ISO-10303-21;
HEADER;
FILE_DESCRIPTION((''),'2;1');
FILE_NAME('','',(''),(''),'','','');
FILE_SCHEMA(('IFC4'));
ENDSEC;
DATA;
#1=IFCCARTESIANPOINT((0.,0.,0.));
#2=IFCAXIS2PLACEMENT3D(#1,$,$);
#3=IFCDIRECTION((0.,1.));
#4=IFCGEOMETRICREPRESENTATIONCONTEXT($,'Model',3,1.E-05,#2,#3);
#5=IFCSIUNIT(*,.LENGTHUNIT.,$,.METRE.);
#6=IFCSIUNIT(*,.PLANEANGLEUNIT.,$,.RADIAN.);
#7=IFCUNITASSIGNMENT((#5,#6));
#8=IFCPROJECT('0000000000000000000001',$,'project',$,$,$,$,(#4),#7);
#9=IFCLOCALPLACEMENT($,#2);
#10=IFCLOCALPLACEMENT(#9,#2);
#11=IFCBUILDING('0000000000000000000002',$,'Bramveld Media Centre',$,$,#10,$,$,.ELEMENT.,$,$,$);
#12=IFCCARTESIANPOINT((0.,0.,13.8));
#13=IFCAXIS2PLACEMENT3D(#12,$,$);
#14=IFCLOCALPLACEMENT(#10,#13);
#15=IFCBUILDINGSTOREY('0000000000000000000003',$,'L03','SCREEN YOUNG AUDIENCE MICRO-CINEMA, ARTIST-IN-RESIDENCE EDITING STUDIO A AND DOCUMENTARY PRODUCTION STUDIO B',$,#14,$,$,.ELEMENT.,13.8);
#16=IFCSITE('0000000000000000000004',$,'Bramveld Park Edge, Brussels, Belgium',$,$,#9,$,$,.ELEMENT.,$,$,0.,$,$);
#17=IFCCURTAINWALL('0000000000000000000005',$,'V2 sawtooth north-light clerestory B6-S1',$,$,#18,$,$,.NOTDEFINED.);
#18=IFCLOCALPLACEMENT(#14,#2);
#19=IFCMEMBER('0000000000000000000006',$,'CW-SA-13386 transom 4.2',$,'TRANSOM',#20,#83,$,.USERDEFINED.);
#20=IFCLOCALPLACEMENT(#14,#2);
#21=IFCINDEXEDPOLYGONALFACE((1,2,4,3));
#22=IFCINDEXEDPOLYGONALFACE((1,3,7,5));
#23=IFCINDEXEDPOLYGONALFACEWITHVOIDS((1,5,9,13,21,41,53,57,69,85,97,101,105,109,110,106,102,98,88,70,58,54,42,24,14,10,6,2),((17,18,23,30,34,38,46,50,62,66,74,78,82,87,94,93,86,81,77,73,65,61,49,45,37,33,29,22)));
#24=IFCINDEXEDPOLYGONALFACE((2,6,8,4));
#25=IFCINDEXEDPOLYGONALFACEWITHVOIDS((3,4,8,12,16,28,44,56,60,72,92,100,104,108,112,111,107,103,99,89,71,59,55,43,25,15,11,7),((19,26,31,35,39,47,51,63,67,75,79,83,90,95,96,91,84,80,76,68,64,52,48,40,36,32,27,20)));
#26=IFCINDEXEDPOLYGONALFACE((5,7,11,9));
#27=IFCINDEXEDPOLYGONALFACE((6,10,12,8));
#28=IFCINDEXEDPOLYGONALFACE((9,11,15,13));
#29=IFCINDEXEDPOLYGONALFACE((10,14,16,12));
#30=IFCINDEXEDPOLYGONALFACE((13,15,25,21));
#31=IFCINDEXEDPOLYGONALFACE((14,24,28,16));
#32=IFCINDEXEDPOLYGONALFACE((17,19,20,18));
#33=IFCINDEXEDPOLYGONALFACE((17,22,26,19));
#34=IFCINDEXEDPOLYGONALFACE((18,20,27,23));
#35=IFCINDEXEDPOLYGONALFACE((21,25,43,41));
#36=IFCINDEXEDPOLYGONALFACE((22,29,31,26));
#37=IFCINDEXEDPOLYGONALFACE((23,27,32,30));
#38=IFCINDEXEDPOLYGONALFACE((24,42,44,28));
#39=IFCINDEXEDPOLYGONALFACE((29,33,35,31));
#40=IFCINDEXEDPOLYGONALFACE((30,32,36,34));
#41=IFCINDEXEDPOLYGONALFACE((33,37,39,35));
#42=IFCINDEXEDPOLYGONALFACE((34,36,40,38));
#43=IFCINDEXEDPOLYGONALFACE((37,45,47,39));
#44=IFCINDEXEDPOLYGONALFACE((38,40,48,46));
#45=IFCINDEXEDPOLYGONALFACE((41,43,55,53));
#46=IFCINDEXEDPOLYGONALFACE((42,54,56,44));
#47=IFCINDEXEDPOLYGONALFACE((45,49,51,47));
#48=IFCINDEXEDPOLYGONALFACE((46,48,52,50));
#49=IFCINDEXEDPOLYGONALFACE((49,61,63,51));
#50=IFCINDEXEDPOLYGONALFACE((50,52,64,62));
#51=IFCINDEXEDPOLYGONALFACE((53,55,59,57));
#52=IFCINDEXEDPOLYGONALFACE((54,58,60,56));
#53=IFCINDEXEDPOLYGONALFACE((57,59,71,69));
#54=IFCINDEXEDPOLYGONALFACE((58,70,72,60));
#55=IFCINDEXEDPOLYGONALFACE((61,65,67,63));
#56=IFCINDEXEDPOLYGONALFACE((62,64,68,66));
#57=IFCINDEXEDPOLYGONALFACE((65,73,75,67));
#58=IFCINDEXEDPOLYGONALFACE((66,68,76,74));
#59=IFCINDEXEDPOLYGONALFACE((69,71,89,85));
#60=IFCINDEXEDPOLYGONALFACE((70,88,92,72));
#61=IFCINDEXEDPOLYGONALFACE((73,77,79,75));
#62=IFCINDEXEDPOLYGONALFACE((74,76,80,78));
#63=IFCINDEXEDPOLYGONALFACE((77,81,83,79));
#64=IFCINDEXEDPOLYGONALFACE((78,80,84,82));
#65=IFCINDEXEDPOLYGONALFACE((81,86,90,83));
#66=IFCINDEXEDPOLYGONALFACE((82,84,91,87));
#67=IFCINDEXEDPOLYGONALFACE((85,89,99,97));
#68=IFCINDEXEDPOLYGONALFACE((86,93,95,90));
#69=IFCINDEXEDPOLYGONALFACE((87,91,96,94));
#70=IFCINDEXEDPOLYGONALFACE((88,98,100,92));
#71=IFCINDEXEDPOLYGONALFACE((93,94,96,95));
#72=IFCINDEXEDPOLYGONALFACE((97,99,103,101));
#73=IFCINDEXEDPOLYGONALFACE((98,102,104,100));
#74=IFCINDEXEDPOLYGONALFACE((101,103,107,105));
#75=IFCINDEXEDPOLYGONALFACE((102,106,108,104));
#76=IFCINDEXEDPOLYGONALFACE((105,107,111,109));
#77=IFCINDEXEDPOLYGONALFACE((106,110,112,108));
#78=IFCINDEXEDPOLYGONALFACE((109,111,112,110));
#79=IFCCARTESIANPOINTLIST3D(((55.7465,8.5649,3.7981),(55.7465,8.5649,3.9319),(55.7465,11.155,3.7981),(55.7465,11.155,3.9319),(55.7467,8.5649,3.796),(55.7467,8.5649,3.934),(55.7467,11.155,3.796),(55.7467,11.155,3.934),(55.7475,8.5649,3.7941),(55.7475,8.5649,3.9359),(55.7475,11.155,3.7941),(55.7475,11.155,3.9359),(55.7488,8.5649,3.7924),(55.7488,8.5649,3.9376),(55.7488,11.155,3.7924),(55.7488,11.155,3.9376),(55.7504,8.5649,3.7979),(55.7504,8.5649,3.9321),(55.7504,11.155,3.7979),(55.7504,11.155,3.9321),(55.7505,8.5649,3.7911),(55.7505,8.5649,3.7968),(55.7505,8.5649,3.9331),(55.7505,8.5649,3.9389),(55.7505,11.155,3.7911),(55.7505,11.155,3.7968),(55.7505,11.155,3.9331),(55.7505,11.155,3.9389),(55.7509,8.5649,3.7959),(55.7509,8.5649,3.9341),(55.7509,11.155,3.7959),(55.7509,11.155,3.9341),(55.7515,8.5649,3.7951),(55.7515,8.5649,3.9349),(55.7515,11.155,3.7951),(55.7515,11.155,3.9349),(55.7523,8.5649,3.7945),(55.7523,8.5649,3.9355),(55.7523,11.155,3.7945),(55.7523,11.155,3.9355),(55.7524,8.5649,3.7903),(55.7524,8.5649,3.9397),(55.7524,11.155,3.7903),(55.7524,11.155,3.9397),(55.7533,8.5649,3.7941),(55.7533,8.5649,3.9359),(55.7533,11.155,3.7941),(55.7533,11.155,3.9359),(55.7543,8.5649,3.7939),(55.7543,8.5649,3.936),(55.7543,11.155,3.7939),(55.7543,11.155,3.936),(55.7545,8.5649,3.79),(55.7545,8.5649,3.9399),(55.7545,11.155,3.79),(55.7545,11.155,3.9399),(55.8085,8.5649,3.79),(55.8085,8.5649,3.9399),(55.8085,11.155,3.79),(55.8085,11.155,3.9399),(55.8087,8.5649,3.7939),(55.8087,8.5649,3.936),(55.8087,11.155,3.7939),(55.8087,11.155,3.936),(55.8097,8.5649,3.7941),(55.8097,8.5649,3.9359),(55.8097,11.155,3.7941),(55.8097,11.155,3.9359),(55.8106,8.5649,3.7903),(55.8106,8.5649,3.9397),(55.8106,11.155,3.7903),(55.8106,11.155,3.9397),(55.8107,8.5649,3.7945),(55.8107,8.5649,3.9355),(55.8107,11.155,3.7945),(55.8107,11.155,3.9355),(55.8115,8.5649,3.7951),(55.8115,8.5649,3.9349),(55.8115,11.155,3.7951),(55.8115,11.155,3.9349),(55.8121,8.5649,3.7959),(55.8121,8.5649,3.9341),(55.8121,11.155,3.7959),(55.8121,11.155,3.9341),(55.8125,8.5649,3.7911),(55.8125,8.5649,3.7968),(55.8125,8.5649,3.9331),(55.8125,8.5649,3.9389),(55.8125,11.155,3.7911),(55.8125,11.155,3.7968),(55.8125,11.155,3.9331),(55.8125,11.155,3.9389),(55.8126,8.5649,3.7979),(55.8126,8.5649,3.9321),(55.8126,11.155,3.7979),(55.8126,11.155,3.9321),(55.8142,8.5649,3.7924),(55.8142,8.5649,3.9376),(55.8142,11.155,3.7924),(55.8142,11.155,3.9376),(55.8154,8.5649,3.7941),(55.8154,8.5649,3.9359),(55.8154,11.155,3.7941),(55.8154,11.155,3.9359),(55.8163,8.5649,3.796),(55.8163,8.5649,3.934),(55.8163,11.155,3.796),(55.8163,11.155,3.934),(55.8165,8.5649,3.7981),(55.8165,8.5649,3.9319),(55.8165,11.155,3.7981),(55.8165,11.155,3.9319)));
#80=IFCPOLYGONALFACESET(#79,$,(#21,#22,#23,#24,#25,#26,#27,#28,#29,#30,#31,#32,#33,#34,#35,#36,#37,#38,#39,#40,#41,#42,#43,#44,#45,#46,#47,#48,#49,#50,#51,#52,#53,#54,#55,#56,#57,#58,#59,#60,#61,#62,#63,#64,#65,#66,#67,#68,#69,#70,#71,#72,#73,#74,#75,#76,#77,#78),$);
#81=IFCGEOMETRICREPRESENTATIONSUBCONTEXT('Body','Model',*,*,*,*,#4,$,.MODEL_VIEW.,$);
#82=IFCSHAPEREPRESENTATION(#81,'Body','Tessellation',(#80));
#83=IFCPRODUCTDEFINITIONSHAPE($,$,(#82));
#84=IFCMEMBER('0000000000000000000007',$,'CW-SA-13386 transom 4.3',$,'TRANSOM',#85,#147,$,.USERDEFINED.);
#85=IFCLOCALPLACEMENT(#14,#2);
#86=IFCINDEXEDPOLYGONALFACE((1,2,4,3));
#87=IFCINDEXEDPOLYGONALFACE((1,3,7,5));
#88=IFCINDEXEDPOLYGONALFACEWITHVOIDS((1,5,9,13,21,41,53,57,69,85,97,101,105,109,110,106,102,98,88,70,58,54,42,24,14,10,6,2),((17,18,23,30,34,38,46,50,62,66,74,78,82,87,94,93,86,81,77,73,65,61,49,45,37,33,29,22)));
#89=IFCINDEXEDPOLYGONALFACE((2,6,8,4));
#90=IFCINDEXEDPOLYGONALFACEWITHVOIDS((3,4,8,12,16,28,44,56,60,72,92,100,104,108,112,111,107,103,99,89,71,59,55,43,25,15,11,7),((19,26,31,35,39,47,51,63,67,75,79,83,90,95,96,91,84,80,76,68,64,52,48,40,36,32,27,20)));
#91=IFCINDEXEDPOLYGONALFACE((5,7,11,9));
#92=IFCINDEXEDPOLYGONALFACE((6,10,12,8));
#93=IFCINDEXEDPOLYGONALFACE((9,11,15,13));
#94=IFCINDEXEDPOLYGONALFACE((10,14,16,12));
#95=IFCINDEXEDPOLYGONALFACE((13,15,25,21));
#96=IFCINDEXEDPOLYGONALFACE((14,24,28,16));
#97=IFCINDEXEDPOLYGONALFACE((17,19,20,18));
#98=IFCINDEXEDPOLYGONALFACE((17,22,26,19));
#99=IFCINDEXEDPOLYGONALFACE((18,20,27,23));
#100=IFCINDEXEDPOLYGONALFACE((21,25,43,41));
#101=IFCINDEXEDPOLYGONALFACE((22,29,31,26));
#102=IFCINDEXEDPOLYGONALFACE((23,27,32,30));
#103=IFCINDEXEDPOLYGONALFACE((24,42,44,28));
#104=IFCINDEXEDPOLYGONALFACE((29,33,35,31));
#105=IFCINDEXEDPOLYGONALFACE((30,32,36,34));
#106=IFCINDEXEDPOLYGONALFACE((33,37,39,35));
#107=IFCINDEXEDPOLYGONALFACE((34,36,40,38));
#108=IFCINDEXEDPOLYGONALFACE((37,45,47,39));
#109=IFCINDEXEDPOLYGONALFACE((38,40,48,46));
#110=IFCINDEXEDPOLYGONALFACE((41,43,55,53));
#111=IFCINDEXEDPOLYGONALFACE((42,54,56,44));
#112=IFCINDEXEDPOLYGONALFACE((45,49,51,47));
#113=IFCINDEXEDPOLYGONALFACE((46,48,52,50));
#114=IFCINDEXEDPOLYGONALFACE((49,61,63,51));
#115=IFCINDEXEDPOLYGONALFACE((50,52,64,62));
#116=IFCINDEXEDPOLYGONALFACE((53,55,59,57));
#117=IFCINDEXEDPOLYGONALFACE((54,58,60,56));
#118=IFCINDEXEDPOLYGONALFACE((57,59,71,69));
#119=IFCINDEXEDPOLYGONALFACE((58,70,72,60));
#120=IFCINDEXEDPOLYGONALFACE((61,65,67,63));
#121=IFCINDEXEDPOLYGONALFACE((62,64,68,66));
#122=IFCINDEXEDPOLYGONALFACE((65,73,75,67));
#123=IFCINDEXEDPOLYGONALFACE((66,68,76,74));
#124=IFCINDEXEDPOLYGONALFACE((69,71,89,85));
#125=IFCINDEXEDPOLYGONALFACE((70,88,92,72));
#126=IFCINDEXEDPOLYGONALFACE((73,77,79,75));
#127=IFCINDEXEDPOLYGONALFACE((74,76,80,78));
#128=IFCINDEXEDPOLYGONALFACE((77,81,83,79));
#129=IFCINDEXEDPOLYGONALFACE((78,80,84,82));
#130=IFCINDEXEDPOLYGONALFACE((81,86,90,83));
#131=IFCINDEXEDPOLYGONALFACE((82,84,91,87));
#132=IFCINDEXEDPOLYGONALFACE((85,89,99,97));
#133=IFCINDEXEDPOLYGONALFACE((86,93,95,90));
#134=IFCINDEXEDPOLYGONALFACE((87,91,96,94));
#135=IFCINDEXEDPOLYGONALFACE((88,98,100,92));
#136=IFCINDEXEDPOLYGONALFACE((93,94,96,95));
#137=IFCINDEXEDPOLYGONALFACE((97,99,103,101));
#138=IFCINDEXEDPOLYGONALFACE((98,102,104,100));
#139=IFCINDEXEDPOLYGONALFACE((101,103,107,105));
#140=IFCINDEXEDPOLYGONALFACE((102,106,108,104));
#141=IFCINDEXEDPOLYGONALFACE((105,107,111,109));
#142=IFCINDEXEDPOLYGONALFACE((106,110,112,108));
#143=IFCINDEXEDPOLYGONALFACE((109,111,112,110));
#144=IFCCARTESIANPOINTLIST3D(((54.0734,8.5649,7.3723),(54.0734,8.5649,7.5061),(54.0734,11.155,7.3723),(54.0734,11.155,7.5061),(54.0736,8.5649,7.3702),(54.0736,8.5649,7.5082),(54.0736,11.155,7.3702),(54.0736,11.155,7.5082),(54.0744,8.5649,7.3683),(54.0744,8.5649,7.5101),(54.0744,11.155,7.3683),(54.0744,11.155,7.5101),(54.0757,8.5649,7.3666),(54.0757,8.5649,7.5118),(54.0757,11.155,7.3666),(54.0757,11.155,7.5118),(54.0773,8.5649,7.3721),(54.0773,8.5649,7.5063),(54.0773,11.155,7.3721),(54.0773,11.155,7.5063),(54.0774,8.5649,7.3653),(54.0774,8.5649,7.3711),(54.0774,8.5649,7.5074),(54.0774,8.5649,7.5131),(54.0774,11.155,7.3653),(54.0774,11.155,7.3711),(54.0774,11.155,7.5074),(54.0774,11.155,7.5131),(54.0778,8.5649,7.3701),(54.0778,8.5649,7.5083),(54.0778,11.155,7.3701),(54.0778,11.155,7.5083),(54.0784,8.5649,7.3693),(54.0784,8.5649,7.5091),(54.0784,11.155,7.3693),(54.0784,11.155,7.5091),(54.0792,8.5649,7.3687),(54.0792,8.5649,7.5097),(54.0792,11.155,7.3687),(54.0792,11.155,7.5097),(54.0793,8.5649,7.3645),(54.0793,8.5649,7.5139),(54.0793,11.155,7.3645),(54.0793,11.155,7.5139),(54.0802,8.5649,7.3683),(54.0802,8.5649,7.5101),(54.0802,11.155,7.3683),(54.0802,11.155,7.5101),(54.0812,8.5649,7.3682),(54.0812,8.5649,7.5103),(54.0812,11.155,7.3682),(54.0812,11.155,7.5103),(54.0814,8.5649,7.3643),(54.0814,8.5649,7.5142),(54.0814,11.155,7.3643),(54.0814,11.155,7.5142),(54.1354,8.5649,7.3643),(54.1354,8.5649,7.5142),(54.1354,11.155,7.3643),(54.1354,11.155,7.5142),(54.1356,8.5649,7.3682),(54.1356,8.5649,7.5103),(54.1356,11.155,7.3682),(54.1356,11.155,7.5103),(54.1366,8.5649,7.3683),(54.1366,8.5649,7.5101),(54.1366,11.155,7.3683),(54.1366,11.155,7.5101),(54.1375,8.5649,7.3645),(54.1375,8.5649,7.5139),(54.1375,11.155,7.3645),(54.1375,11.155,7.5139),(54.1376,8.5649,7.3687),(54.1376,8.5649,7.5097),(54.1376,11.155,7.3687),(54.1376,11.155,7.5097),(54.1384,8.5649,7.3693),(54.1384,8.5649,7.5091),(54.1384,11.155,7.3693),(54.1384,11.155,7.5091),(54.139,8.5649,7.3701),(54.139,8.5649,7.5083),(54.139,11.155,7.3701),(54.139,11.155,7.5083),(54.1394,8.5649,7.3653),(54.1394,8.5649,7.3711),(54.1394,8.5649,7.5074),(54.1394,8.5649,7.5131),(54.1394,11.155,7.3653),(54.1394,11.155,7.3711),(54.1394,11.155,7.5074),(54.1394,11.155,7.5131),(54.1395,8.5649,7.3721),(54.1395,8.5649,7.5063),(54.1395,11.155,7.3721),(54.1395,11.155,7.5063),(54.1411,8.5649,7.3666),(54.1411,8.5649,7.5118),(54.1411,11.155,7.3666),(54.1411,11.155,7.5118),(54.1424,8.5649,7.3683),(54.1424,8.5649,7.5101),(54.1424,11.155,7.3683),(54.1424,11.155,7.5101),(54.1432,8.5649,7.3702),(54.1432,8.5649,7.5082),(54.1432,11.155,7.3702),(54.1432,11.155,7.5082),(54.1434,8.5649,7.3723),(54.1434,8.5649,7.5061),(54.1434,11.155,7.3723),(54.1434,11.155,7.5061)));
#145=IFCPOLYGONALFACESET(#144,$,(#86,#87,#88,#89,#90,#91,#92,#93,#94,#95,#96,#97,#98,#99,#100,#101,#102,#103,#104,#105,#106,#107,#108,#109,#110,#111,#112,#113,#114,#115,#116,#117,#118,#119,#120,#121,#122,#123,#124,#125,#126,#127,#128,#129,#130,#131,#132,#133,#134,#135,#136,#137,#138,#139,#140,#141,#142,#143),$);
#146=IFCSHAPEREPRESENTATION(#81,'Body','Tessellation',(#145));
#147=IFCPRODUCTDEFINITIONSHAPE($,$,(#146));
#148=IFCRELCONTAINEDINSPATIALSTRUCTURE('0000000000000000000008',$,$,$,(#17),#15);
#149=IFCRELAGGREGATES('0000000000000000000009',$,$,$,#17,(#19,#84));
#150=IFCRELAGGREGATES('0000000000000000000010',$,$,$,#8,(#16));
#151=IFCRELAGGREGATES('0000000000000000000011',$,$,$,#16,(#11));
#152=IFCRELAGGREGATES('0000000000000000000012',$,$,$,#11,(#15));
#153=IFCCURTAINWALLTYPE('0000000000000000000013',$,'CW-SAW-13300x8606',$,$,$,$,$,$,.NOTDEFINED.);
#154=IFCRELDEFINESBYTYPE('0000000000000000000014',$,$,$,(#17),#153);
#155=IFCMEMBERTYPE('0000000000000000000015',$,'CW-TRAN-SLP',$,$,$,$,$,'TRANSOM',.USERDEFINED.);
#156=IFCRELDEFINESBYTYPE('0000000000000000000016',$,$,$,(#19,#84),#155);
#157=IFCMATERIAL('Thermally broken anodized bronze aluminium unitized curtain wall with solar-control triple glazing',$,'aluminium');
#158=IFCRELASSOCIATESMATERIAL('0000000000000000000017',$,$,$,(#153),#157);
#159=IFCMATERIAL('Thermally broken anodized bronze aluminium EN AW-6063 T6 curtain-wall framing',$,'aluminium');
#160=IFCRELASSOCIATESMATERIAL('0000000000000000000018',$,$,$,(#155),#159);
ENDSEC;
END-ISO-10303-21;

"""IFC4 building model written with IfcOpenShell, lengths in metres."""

from ifc_helpers import new_model, si_unit, direction, frame, origin, origin_2d, place, context, subcontext, project, spatial, hollow_rectangle, extrude, material, material_profile, profile_set, type_object, element, aggregate, save


model = new_model("IFC4")

# Units and contexts
model_context = context("Model", 3, precision=1e-05, world=origin(), true_north=direction((0.0, 1.0)))
body_context = subcontext(model_context, "Body", "Model", "MODEL_VIEW")
ifc_project = project(units=[si_unit("LENGTHUNIT", "METRE"), si_unit("PLANEANGLEUNIT", "RADIAN")], contexts=[model_context])

# Site, building, storey
site_placement = place(None, origin())
site = spatial("IfcSite", under=ifc_project, at=site_placement, Name="Bramveld Park Edge, Brussels, Belgium", CompositionType="ELEMENT", RefElevation=0.0)
building_placement = place(site_placement, origin())
building = spatial("IfcBuilding", under=site, at=building_placement, Name="Bramveld Media Centre", CompositionType="ELEMENT")
storey_placement = place(building_placement, frame((0.0, 0.0, 13.8)))
storey = spatial("IfcBuildingStorey", under=building, at=storey_placement, Name="L03", Description="SCREEN YOUNG AUDIENCE MICRO-CINEMA, ARTIST-IN-RESIDENCE EDITING STUDIO A AND DOCUMENTARY PRODUCTION STUDIO B", CompositionType="ELEMENT", Elevation=13.8)

# Curtain wall, members
ifc_material_1 = material(Name="Thermally broken anodized bronze aluminium unitized curtain wall with solar-control triple glazing", Category="aluminium")
curtain_wall_type = type_object("IfcCurtainWallType", Name="CW-SAW-13300x8606", PredefinedType="NOTDEFINED", material=ifc_material_1)
curtain_wall_placement = place(storey_placement, origin())
curtain_wall = element("IfcCurtainWall", 1, at=curtain_wall_placement, inside=storey, type_object=curtain_wall_type, Name="V2 sawtooth north-light clerestory B6-S1", PredefinedType="NOTDEFINED")
ifc_material_2 = material(Name="Thermally broken anodized bronze aluminium EN AW-6063 T6 curtain-wall framing", Category="aluminium")
ifc_material_profile_1 = material_profile(ifc_material_2, hollow_rectangle(XDim=0.0701, YDim=0.1499, WallThickness=0.0039, InnerFilletRadius=0.0039, OuterFilletRadius=0.0081, at=origin_2d()), Name="AL-TRAN 70x150")
ifc_profile_set_1 = profile_set([ifc_material_profile_1], Name="Thermally broken anodized bronze aluminium EN AW-6063 T6 curtain-wall framing")
member_type_1 = type_object("IfcMemberType", Name="CW-TRAN-SLP", ElementType="TRANSOM", PredefinedType="USERDEFINED", material=ifc_profile_set_1)
member_1_placement = place(storey_placement, frame((55.7815, 8.5649, 3.865), z_axis=(0.0, 1.0, 0.0), x_axis=(-1.0, 0.0, 0.0)))
member_1 = element("IfcMember", 2, at=member_1_placement, type_object=member_type_1, Name="CW-SA-13386 transom 4.2", ObjectType="TRANSOM", PredefinedType="USERDEFINED", context=body_context, shape_type="SweptSolid", body=[
    extrude(hollow_rectangle(XDim=0.0701, YDim=0.1499, WallThickness=0.0039, InnerFilletRadius=0.0039, OuterFilletRadius=0.0081, at=origin_2d()), origin(), (0.0, 0.0, 1.0), 2.5901),
])
member_2_placement = place(storey_placement, frame((54.1084, 8.5649, 7.4392), z_axis=(0.0, 1.0, 0.0), x_axis=(-1.0, 0.0, 0.0)))
member_2 = element("IfcMember", 3, at=member_2_placement, type_object=member_type_1, Name="CW-SA-13386 transom 4.3", ObjectType="TRANSOM", PredefinedType="USERDEFINED", context=body_context, shape_type="SweptSolid", body=[
    extrude(hollow_rectangle(XDim=0.0701, YDim=0.1499, WallThickness=0.0039, InnerFilletRadius=0.0039, OuterFilletRadius=0.0081, at=origin_2d()), origin(), (0.0, 0.0, 1.0), 2.5901),
])

aggregate(curtain_wall, [member_1, member_2])

save(model, "model.ifc")
